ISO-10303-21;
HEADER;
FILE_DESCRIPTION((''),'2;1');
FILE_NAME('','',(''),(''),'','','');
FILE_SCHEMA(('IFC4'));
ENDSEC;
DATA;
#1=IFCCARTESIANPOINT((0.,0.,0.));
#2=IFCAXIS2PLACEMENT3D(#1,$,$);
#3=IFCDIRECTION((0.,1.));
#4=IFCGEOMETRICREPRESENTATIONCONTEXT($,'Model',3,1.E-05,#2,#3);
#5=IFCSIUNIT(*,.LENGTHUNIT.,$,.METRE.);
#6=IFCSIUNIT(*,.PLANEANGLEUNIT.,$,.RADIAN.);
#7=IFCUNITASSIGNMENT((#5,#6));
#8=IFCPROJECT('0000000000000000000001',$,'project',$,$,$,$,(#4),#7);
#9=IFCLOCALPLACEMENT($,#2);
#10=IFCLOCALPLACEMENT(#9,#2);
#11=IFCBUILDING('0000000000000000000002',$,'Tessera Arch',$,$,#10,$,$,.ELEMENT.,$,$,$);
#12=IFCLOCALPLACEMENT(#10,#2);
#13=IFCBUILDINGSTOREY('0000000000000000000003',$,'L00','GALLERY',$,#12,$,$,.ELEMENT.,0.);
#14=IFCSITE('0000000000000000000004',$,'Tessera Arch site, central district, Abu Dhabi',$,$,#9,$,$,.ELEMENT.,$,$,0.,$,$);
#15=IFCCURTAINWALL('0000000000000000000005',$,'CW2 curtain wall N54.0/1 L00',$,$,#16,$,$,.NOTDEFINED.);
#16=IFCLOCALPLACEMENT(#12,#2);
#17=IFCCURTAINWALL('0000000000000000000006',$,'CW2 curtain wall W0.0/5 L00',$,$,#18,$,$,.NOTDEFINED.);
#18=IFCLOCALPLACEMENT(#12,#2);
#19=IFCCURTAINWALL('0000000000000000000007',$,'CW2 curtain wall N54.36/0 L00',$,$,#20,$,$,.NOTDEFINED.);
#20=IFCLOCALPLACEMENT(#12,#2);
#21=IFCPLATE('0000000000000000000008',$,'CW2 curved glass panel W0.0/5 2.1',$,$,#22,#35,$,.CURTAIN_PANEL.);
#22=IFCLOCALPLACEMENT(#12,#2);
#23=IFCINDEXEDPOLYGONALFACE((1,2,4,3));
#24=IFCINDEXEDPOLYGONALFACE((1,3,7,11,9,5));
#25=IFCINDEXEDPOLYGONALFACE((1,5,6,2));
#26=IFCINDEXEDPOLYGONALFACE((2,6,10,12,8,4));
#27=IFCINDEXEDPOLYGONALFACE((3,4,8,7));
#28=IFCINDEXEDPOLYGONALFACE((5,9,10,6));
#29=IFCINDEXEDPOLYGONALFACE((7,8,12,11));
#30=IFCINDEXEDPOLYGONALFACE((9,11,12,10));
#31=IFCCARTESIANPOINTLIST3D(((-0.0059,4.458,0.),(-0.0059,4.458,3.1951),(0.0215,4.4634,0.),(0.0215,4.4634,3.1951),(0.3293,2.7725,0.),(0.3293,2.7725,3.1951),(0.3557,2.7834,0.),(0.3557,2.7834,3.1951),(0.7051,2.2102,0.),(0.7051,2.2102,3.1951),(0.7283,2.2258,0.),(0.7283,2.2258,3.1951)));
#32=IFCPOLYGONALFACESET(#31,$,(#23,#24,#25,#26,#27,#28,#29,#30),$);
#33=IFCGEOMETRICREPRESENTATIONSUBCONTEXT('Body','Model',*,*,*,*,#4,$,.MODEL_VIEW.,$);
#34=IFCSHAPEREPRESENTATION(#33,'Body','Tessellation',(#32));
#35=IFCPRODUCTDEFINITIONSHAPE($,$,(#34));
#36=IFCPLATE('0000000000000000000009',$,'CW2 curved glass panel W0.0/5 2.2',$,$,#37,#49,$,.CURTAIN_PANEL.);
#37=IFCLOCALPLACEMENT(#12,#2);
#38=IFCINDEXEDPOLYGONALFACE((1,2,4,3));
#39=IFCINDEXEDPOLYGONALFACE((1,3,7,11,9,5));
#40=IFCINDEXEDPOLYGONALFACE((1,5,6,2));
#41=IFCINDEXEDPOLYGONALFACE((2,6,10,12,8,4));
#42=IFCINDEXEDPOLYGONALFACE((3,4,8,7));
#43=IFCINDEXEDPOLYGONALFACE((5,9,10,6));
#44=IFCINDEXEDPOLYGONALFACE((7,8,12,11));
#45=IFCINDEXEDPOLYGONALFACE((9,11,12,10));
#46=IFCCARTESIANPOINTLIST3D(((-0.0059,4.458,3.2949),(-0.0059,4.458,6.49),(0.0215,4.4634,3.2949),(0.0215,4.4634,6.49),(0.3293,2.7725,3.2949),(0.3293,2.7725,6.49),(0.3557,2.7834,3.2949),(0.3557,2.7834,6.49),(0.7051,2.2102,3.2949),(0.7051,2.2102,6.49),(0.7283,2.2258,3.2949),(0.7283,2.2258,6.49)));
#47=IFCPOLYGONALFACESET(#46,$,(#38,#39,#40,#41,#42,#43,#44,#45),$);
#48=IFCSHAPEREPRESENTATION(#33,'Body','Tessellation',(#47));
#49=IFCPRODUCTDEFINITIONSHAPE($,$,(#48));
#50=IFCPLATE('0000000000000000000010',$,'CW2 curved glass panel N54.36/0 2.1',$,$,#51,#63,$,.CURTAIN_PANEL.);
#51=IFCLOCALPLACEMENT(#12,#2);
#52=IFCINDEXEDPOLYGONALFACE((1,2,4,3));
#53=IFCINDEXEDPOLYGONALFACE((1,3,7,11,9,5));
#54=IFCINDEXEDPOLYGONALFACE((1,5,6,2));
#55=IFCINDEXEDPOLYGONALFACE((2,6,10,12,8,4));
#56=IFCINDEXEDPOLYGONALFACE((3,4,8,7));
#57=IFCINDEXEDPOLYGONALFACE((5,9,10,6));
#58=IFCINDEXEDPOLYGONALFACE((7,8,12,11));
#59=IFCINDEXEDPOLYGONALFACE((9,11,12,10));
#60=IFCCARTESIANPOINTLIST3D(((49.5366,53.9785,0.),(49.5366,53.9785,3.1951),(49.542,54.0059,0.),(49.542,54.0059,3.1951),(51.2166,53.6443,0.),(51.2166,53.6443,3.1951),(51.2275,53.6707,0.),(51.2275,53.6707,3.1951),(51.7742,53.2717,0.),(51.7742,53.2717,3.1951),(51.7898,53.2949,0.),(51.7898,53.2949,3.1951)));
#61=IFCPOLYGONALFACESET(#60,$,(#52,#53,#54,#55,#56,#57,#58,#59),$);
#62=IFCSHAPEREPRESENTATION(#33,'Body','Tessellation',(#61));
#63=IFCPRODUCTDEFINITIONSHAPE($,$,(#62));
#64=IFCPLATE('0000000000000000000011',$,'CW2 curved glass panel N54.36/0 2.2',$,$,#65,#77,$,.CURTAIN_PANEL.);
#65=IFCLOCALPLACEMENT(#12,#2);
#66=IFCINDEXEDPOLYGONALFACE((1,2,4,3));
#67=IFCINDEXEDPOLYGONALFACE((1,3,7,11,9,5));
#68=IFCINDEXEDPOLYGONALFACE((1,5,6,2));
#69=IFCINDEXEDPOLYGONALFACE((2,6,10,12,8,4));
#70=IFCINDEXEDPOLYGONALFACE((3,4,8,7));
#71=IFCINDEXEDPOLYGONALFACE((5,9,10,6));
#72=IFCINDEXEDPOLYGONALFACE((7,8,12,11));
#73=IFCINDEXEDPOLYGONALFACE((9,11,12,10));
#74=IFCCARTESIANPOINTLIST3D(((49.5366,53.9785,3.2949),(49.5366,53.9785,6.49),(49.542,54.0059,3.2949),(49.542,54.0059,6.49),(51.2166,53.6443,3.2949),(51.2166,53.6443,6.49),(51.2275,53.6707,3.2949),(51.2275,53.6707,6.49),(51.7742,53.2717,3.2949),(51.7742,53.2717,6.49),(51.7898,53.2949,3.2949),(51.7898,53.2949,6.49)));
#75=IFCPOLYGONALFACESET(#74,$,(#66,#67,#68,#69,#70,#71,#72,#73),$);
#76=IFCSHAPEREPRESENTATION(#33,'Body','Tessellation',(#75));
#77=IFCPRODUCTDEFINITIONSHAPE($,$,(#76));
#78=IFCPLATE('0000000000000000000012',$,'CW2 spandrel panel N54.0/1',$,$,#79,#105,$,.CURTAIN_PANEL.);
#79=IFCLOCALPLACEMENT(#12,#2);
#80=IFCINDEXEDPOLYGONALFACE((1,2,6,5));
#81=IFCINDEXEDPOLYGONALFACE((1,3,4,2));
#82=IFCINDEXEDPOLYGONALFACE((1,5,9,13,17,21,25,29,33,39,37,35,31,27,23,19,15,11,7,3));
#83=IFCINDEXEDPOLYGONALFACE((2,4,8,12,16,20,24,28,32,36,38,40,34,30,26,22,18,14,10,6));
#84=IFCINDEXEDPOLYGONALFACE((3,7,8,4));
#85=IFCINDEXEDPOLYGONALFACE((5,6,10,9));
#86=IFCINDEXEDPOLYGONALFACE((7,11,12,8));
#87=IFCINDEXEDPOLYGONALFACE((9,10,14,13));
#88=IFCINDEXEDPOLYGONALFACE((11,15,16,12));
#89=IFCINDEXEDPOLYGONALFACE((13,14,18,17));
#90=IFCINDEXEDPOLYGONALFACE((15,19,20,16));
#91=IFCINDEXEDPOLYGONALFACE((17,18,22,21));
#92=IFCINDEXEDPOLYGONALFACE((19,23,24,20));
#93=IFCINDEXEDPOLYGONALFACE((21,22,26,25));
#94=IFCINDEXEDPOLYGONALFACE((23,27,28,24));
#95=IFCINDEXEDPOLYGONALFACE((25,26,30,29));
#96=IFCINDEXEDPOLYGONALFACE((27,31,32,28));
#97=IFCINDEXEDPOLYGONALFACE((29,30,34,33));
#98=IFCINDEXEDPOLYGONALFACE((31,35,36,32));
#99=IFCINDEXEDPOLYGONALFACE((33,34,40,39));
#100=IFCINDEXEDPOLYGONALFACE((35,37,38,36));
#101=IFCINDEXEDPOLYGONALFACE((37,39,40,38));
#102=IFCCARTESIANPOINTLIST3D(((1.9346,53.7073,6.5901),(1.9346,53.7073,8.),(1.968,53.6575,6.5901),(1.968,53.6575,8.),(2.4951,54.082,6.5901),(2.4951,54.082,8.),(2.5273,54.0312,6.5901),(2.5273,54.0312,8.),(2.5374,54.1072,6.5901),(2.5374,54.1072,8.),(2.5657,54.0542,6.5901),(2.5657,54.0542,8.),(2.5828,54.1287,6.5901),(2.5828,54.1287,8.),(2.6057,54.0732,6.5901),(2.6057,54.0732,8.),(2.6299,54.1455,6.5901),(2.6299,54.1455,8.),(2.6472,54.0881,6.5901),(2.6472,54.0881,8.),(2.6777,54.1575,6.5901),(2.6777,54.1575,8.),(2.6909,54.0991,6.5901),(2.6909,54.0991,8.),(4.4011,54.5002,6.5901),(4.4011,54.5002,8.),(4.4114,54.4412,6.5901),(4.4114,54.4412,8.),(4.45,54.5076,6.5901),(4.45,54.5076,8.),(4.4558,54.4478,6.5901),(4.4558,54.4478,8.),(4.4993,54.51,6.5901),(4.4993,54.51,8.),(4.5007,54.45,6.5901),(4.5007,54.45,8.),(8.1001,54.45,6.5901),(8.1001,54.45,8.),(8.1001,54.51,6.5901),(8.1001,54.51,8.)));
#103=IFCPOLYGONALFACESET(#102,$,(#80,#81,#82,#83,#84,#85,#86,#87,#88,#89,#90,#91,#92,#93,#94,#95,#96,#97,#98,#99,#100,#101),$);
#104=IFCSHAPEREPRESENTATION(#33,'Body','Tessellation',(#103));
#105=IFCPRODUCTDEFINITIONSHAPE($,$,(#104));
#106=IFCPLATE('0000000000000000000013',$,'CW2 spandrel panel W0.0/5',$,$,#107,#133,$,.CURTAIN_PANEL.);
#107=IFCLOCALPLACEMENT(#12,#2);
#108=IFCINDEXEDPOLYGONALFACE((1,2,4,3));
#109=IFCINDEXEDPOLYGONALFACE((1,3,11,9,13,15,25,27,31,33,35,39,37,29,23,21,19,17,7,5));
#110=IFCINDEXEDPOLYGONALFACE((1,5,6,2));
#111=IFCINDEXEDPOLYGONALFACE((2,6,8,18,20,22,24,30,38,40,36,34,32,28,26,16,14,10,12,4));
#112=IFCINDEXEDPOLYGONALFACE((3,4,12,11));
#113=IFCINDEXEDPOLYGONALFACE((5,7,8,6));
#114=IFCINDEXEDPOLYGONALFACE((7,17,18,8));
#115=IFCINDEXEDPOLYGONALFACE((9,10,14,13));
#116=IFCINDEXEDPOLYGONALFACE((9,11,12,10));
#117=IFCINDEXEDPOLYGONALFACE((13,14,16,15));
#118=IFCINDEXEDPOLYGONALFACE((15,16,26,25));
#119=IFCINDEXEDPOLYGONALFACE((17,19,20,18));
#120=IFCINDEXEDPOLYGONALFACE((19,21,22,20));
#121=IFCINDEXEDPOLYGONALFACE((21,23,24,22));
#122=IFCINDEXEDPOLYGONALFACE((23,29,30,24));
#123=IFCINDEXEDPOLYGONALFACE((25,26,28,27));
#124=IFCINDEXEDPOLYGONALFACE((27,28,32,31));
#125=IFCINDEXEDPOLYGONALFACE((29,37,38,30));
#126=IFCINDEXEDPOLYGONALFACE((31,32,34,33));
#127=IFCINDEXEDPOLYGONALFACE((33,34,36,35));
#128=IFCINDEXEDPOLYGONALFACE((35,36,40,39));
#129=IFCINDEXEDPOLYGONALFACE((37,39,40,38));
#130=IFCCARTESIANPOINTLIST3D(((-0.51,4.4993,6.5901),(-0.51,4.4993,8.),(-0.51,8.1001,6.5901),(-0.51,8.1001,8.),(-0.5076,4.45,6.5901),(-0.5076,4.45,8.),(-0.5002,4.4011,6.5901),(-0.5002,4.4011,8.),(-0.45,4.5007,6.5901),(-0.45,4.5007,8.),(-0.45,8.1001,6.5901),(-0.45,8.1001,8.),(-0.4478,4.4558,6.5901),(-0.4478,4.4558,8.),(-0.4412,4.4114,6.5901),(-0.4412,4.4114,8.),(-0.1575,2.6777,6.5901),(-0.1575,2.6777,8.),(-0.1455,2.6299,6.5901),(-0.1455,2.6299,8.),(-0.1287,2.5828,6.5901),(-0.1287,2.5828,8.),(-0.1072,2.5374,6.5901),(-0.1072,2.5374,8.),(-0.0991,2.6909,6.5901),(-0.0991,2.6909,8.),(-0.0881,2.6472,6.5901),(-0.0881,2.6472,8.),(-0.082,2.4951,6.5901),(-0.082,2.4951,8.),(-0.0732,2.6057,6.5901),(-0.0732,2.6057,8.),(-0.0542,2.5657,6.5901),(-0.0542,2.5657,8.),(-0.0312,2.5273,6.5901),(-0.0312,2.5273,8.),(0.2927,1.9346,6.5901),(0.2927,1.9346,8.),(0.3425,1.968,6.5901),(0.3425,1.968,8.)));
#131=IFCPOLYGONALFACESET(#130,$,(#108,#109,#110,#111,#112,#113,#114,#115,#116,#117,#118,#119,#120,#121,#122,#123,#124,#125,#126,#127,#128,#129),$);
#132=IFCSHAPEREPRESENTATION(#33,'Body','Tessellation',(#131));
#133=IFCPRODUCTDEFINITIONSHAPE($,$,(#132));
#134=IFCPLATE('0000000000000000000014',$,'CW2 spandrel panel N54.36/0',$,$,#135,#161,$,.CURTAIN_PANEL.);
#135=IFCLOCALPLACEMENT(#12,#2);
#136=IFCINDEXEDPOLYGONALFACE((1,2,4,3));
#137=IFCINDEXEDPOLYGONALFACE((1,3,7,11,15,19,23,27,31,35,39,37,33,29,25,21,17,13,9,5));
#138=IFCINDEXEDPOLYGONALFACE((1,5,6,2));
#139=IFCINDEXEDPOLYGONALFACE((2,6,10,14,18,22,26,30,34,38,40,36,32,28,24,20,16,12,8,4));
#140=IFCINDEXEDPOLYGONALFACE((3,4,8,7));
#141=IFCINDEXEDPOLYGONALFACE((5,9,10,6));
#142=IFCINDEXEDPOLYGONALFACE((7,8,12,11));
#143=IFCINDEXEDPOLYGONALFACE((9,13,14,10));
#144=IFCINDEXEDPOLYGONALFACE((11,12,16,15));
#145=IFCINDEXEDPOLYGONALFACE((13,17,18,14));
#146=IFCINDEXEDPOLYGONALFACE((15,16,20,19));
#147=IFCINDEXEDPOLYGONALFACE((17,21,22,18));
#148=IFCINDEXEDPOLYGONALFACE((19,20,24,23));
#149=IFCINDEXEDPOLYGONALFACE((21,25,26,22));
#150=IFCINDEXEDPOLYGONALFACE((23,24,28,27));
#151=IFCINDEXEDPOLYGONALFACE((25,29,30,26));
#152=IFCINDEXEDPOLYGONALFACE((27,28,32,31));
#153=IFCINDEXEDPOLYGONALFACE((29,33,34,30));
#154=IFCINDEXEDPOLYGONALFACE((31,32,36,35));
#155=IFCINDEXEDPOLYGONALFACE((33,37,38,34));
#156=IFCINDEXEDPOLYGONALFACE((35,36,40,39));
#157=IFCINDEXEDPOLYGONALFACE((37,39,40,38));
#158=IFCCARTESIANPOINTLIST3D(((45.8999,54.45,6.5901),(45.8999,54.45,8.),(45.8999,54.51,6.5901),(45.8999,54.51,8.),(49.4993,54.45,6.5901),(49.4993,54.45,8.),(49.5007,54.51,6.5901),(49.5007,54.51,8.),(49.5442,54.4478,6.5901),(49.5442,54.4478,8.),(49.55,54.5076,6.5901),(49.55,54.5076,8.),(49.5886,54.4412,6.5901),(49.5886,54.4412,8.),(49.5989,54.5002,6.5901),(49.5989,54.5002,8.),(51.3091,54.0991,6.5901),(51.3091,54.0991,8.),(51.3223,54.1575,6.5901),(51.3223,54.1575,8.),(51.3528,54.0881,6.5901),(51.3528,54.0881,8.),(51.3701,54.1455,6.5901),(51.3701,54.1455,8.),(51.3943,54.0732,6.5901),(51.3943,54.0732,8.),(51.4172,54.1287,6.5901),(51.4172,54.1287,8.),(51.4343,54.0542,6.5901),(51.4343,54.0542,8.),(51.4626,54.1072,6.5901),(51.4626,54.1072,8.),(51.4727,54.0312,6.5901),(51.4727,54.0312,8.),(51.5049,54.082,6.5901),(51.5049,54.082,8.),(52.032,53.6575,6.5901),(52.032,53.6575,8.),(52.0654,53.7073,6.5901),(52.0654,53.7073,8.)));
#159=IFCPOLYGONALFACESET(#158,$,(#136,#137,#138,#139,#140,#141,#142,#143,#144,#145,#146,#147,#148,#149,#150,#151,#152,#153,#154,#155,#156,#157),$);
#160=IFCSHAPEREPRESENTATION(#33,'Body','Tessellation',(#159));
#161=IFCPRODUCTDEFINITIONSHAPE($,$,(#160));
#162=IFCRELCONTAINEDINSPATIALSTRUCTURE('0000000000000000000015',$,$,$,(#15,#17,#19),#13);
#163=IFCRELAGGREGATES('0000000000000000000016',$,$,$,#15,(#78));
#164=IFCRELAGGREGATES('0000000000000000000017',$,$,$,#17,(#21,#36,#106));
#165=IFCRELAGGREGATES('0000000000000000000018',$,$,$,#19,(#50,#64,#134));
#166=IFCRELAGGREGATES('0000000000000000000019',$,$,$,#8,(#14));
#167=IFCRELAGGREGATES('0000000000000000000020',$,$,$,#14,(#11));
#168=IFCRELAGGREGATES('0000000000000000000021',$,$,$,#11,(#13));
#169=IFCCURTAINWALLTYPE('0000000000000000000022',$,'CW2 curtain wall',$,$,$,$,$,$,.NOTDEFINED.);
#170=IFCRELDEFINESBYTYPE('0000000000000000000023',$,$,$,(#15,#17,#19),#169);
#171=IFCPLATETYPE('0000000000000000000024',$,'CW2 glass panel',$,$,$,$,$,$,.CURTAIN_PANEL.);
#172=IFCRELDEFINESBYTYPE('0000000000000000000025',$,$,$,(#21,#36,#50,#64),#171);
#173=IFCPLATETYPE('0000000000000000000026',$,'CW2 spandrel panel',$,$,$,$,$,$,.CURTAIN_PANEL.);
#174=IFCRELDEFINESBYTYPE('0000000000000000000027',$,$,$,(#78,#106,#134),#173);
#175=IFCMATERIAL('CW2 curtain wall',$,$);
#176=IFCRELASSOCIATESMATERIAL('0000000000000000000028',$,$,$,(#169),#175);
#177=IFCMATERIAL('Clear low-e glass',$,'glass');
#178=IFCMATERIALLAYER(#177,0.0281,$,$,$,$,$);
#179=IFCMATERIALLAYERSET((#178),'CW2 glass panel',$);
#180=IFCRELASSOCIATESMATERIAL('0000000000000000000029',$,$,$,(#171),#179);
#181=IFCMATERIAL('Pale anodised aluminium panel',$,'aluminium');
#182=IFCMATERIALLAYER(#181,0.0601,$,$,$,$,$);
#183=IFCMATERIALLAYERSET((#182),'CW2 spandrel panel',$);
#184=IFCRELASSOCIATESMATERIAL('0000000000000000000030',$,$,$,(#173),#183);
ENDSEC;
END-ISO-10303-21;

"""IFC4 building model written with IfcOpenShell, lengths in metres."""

from ifc_helpers import new_model, si_unit, direction, frame, origin, place, context, subcontext, project, spatial, polyline, outline, extrude, material, layer, layer_set, type_object, element, aggregate, save


model = new_model("IFC4")

# Units and contexts
model_context = context("Model", 3, precision=1e-05, world=origin(), true_north=direction((0.0, 1.0)))
body_context = subcontext(model_context, "Body", "Model", "MODEL_VIEW")
ifc_project = project(units=[si_unit("LENGTHUNIT", "METRE"), si_unit("PLANEANGLEUNIT", "RADIAN")], contexts=[model_context])

# Site, building, storey
site_placement = place(None, origin())
site = spatial("IfcSite", under=ifc_project, at=site_placement, Name="Tessera Arch site, central district, Abu Dhabi", CompositionType="ELEMENT", RefElevation=0.0)
building_placement = place(site_placement, origin())
building = spatial("IfcBuilding", under=site, at=building_placement, Name="Tessera Arch", CompositionType="ELEMENT")
storey_placement = place(building_placement, origin())
storey = spatial("IfcBuildingStorey", under=building, at=storey_placement, Name="L00", Description="GALLERY", CompositionType="ELEMENT", Elevation=0.0)

# Curtain walls
ifc_material_1 = material(Name="CW2 curtain wall")
curtain_wall_type = type_object("IfcCurtainWallType", Name="CW2 curtain wall", PredefinedType="NOTDEFINED", material=ifc_material_1)
curtain_wall_1_placement = place(storey_placement, origin())
curtain_wall_1 = element("IfcCurtainWall", 1, at=curtain_wall_1_placement, inside=storey, type_object=curtain_wall_type, Name="CW2 curtain wall N54.0/1 L00", PredefinedType="NOTDEFINED")
curtain_wall_2_placement = place(storey_placement, origin())
curtain_wall_2 = element("IfcCurtainWall", 2, at=curtain_wall_2_placement, inside=storey, type_object=curtain_wall_type, Name="CW2 curtain wall W0.0/5 L00", PredefinedType="NOTDEFINED")
curtain_wall_3_placement = place(storey_placement, origin())
curtain_wall_3 = element("IfcCurtainWall", 3, at=curtain_wall_3_placement, inside=storey, type_object=curtain_wall_type, Name="CW2 curtain wall N54.36/0 L00", PredefinedType="NOTDEFINED")

# Plates
ifc_material_2 = material(Name="Clear low-e glass", Category="glass")
ifc_layer_1 = layer(ifc_material_2, 0.0281)
ifc_layer_set_1 = layer_set([ifc_layer_1], Name="CW2 glass panel")
plate_type_1 = type_object("IfcPlateType", Name="CW2 glass panel", PredefinedType="CURTAIN_PANEL", material=ifc_layer_set_1)
plate_1_placement = place(storey_placement, origin())
plate_1 = element("IfcPlate", 4, at=plate_1_placement, type_object=plate_type_1, Name="CW2 curved glass panel W0.0/5 2.1", PredefinedType="CURTAIN_PANEL", context=body_context, shape_type="SweptSolid", body=[
    extrude(outline(polyline([(0.3557, 2.7834), (0.0215, 4.4634), (-0.0059, 4.458), (0.3293, 2.7725), (0.7051, 2.2102), (0.7283, 2.2258), (0.3557, 2.7834)])), origin(), (0.0, 0.0, 1.0), 3.1951),
])
plate_2_placement = place(storey_placement, frame((0.0, 0.0, 3.2949)))
plate_2 = element("IfcPlate", 5, at=plate_2_placement, type_object=plate_type_1, Name="CW2 curved glass panel W0.0/5 2.2", PredefinedType="CURTAIN_PANEL", context=body_context, shape_type="SweptSolid", body=[
    extrude(outline(polyline([(0.3557, 2.7834), (0.0215, 4.4634), (-0.0059, 4.458), (0.3293, 2.7725), (0.7051, 2.2102), (0.7283, 2.2258), (0.3557, 2.7834)])), origin(), (0.0, 0.0, 1.0), 3.1951),
])
plate_3_placement = place(storey_placement, origin())
plate_3 = element("IfcPlate", 6, at=plate_3_placement, type_object=plate_type_1, Name="CW2 curved glass panel N54.36/0 2.1", PredefinedType="CURTAIN_PANEL", context=body_context, shape_type="SweptSolid", body=[
    extrude(outline(polyline([(51.2166, 53.6443), (51.7742, 53.2717), (51.7898, 53.2949), (51.2275, 53.6707), (49.542, 54.0059), (49.5366, 53.9785), (51.2166, 53.6443)])), origin(), (0.0, 0.0, 1.0), 3.1951),
])
plate_4_placement = place(storey_placement, frame((0.0, 0.0, 3.2949)))
plate_4 = element("IfcPlate", 7, at=plate_4_placement, type_object=plate_type_1, Name="CW2 curved glass panel N54.36/0 2.2", PredefinedType="CURTAIN_PANEL", context=body_context, shape_type="SweptSolid", body=[
    extrude(outline(polyline([(51.2166, 53.6443), (51.7742, 53.2717), (51.7898, 53.2949), (51.2275, 53.6707), (49.542, 54.0059), (49.5366, 53.9785), (51.2166, 53.6443)])), origin(), (0.0, 0.0, 1.0), 3.1951),
])
ifc_material_3 = material(Name="Pale anodised aluminium panel", Category="aluminium")
ifc_layer_2 = layer(ifc_material_3, 0.0601)
ifc_layer_set_2 = layer_set([ifc_layer_2], Name="CW2 spandrel panel")
plate_type_2 = type_object("IfcPlateType", Name="CW2 spandrel panel", PredefinedType="CURTAIN_PANEL", material=ifc_layer_set_2)
plate_5_placement = place(storey_placement, frame((0.0, 0.0, 6.5901)))
plate_5 = element("IfcPlate", 8, at=plate_5_placement, type_object=plate_type_2, Name="CW2 spandrel panel N54.0/1", PredefinedType="CURTAIN_PANEL", context=body_context, shape_type="SweptSolid", body=[
    extrude(outline(polyline([(4.5007, 54.45), (8.1001, 54.45), (8.1001, 54.51), (4.4993, 54.51), (4.45, 54.5076), (4.4011, 54.5002), (2.6777, 54.1575), (2.6299, 54.1455), (2.5828, 54.1287), (2.5374, 54.1072), (2.4951, 54.082), (1.9346, 53.7073), (1.968, 53.6575), (2.5273, 54.0312), (2.5657, 54.0542), (2.6057, 54.0732), (2.6472, 54.0881), (2.6909, 54.0991), (4.4114, 54.4412), (4.4558, 54.4478), (4.5007, 54.45)])), origin(), (0.0, 0.0, 1.0), 1.4099),
])
aggregate(curtain_wall_1, [plate_5])
plate_6_placement = place(storey_placement, frame((0.0, 0.0, 6.5901)))
plate_6 = element("IfcPlate", 9, at=plate_6_placement, type_object=plate_type_2, Name="CW2 spandrel panel W0.0/5", PredefinedType="CURTAIN_PANEL", context=body_context, shape_type="SweptSolid", body=[
    extrude(outline(polyline([(-0.45, 4.5007), (-0.45, 8.1001), (-0.51, 8.1001), (-0.51, 4.4993), (-0.5076, 4.45), (-0.5002, 4.4011), (-0.1575, 2.6777), (-0.1455, 2.6299), (-0.1287, 2.5828), (-0.1072, 2.5374), (-0.082, 2.4951), (0.2927, 1.9346), (0.3425, 1.968), (-0.0312, 2.5273), (-0.0542, 2.5657), (-0.0732, 2.6057), (-0.0881, 2.6472), (-0.0991, 2.6909), (-0.4412, 4.4114), (-0.4478, 4.4558), (-0.45, 4.5007)])), origin(), (0.0, 0.0, 1.0), 1.4099),
])
aggregate(curtain_wall_2, [plate_1, plate_2, plate_6])
plate_7_placement = place(storey_placement, frame((0.0, 0.0, 6.5901)))
plate_7 = element("IfcPlate", 10, at=plate_7_placement, type_object=plate_type_2, Name="CW2 spandrel panel N54.36/0", PredefinedType="CURTAIN_PANEL", context=body_context, shape_type="SweptSolid", body=[
    extrude(outline(polyline([(51.4727, 54.0312), (52.032, 53.6575), (52.0654, 53.7073), (51.5049, 54.082), (51.4626, 54.1072), (51.4172, 54.1287), (51.3701, 54.1455), (51.3223, 54.1575), (49.5989, 54.5002), (49.55, 54.5076), (49.5007, 54.51), (45.8999, 54.51), (45.8999, 54.45), (49.4993, 54.45), (49.5442, 54.4478), (49.5886, 54.4412), (51.3091, 54.0991), (51.3528, 54.0881), (51.3943, 54.0732), (51.4343, 54.0542), (51.4727, 54.0312)])), origin(), (0.0, 0.0, 1.0), 1.4099),
])
aggregate(curtain_wall_3, [plate_3, plate_4, plate_7])

save(model, "model.ifc")
